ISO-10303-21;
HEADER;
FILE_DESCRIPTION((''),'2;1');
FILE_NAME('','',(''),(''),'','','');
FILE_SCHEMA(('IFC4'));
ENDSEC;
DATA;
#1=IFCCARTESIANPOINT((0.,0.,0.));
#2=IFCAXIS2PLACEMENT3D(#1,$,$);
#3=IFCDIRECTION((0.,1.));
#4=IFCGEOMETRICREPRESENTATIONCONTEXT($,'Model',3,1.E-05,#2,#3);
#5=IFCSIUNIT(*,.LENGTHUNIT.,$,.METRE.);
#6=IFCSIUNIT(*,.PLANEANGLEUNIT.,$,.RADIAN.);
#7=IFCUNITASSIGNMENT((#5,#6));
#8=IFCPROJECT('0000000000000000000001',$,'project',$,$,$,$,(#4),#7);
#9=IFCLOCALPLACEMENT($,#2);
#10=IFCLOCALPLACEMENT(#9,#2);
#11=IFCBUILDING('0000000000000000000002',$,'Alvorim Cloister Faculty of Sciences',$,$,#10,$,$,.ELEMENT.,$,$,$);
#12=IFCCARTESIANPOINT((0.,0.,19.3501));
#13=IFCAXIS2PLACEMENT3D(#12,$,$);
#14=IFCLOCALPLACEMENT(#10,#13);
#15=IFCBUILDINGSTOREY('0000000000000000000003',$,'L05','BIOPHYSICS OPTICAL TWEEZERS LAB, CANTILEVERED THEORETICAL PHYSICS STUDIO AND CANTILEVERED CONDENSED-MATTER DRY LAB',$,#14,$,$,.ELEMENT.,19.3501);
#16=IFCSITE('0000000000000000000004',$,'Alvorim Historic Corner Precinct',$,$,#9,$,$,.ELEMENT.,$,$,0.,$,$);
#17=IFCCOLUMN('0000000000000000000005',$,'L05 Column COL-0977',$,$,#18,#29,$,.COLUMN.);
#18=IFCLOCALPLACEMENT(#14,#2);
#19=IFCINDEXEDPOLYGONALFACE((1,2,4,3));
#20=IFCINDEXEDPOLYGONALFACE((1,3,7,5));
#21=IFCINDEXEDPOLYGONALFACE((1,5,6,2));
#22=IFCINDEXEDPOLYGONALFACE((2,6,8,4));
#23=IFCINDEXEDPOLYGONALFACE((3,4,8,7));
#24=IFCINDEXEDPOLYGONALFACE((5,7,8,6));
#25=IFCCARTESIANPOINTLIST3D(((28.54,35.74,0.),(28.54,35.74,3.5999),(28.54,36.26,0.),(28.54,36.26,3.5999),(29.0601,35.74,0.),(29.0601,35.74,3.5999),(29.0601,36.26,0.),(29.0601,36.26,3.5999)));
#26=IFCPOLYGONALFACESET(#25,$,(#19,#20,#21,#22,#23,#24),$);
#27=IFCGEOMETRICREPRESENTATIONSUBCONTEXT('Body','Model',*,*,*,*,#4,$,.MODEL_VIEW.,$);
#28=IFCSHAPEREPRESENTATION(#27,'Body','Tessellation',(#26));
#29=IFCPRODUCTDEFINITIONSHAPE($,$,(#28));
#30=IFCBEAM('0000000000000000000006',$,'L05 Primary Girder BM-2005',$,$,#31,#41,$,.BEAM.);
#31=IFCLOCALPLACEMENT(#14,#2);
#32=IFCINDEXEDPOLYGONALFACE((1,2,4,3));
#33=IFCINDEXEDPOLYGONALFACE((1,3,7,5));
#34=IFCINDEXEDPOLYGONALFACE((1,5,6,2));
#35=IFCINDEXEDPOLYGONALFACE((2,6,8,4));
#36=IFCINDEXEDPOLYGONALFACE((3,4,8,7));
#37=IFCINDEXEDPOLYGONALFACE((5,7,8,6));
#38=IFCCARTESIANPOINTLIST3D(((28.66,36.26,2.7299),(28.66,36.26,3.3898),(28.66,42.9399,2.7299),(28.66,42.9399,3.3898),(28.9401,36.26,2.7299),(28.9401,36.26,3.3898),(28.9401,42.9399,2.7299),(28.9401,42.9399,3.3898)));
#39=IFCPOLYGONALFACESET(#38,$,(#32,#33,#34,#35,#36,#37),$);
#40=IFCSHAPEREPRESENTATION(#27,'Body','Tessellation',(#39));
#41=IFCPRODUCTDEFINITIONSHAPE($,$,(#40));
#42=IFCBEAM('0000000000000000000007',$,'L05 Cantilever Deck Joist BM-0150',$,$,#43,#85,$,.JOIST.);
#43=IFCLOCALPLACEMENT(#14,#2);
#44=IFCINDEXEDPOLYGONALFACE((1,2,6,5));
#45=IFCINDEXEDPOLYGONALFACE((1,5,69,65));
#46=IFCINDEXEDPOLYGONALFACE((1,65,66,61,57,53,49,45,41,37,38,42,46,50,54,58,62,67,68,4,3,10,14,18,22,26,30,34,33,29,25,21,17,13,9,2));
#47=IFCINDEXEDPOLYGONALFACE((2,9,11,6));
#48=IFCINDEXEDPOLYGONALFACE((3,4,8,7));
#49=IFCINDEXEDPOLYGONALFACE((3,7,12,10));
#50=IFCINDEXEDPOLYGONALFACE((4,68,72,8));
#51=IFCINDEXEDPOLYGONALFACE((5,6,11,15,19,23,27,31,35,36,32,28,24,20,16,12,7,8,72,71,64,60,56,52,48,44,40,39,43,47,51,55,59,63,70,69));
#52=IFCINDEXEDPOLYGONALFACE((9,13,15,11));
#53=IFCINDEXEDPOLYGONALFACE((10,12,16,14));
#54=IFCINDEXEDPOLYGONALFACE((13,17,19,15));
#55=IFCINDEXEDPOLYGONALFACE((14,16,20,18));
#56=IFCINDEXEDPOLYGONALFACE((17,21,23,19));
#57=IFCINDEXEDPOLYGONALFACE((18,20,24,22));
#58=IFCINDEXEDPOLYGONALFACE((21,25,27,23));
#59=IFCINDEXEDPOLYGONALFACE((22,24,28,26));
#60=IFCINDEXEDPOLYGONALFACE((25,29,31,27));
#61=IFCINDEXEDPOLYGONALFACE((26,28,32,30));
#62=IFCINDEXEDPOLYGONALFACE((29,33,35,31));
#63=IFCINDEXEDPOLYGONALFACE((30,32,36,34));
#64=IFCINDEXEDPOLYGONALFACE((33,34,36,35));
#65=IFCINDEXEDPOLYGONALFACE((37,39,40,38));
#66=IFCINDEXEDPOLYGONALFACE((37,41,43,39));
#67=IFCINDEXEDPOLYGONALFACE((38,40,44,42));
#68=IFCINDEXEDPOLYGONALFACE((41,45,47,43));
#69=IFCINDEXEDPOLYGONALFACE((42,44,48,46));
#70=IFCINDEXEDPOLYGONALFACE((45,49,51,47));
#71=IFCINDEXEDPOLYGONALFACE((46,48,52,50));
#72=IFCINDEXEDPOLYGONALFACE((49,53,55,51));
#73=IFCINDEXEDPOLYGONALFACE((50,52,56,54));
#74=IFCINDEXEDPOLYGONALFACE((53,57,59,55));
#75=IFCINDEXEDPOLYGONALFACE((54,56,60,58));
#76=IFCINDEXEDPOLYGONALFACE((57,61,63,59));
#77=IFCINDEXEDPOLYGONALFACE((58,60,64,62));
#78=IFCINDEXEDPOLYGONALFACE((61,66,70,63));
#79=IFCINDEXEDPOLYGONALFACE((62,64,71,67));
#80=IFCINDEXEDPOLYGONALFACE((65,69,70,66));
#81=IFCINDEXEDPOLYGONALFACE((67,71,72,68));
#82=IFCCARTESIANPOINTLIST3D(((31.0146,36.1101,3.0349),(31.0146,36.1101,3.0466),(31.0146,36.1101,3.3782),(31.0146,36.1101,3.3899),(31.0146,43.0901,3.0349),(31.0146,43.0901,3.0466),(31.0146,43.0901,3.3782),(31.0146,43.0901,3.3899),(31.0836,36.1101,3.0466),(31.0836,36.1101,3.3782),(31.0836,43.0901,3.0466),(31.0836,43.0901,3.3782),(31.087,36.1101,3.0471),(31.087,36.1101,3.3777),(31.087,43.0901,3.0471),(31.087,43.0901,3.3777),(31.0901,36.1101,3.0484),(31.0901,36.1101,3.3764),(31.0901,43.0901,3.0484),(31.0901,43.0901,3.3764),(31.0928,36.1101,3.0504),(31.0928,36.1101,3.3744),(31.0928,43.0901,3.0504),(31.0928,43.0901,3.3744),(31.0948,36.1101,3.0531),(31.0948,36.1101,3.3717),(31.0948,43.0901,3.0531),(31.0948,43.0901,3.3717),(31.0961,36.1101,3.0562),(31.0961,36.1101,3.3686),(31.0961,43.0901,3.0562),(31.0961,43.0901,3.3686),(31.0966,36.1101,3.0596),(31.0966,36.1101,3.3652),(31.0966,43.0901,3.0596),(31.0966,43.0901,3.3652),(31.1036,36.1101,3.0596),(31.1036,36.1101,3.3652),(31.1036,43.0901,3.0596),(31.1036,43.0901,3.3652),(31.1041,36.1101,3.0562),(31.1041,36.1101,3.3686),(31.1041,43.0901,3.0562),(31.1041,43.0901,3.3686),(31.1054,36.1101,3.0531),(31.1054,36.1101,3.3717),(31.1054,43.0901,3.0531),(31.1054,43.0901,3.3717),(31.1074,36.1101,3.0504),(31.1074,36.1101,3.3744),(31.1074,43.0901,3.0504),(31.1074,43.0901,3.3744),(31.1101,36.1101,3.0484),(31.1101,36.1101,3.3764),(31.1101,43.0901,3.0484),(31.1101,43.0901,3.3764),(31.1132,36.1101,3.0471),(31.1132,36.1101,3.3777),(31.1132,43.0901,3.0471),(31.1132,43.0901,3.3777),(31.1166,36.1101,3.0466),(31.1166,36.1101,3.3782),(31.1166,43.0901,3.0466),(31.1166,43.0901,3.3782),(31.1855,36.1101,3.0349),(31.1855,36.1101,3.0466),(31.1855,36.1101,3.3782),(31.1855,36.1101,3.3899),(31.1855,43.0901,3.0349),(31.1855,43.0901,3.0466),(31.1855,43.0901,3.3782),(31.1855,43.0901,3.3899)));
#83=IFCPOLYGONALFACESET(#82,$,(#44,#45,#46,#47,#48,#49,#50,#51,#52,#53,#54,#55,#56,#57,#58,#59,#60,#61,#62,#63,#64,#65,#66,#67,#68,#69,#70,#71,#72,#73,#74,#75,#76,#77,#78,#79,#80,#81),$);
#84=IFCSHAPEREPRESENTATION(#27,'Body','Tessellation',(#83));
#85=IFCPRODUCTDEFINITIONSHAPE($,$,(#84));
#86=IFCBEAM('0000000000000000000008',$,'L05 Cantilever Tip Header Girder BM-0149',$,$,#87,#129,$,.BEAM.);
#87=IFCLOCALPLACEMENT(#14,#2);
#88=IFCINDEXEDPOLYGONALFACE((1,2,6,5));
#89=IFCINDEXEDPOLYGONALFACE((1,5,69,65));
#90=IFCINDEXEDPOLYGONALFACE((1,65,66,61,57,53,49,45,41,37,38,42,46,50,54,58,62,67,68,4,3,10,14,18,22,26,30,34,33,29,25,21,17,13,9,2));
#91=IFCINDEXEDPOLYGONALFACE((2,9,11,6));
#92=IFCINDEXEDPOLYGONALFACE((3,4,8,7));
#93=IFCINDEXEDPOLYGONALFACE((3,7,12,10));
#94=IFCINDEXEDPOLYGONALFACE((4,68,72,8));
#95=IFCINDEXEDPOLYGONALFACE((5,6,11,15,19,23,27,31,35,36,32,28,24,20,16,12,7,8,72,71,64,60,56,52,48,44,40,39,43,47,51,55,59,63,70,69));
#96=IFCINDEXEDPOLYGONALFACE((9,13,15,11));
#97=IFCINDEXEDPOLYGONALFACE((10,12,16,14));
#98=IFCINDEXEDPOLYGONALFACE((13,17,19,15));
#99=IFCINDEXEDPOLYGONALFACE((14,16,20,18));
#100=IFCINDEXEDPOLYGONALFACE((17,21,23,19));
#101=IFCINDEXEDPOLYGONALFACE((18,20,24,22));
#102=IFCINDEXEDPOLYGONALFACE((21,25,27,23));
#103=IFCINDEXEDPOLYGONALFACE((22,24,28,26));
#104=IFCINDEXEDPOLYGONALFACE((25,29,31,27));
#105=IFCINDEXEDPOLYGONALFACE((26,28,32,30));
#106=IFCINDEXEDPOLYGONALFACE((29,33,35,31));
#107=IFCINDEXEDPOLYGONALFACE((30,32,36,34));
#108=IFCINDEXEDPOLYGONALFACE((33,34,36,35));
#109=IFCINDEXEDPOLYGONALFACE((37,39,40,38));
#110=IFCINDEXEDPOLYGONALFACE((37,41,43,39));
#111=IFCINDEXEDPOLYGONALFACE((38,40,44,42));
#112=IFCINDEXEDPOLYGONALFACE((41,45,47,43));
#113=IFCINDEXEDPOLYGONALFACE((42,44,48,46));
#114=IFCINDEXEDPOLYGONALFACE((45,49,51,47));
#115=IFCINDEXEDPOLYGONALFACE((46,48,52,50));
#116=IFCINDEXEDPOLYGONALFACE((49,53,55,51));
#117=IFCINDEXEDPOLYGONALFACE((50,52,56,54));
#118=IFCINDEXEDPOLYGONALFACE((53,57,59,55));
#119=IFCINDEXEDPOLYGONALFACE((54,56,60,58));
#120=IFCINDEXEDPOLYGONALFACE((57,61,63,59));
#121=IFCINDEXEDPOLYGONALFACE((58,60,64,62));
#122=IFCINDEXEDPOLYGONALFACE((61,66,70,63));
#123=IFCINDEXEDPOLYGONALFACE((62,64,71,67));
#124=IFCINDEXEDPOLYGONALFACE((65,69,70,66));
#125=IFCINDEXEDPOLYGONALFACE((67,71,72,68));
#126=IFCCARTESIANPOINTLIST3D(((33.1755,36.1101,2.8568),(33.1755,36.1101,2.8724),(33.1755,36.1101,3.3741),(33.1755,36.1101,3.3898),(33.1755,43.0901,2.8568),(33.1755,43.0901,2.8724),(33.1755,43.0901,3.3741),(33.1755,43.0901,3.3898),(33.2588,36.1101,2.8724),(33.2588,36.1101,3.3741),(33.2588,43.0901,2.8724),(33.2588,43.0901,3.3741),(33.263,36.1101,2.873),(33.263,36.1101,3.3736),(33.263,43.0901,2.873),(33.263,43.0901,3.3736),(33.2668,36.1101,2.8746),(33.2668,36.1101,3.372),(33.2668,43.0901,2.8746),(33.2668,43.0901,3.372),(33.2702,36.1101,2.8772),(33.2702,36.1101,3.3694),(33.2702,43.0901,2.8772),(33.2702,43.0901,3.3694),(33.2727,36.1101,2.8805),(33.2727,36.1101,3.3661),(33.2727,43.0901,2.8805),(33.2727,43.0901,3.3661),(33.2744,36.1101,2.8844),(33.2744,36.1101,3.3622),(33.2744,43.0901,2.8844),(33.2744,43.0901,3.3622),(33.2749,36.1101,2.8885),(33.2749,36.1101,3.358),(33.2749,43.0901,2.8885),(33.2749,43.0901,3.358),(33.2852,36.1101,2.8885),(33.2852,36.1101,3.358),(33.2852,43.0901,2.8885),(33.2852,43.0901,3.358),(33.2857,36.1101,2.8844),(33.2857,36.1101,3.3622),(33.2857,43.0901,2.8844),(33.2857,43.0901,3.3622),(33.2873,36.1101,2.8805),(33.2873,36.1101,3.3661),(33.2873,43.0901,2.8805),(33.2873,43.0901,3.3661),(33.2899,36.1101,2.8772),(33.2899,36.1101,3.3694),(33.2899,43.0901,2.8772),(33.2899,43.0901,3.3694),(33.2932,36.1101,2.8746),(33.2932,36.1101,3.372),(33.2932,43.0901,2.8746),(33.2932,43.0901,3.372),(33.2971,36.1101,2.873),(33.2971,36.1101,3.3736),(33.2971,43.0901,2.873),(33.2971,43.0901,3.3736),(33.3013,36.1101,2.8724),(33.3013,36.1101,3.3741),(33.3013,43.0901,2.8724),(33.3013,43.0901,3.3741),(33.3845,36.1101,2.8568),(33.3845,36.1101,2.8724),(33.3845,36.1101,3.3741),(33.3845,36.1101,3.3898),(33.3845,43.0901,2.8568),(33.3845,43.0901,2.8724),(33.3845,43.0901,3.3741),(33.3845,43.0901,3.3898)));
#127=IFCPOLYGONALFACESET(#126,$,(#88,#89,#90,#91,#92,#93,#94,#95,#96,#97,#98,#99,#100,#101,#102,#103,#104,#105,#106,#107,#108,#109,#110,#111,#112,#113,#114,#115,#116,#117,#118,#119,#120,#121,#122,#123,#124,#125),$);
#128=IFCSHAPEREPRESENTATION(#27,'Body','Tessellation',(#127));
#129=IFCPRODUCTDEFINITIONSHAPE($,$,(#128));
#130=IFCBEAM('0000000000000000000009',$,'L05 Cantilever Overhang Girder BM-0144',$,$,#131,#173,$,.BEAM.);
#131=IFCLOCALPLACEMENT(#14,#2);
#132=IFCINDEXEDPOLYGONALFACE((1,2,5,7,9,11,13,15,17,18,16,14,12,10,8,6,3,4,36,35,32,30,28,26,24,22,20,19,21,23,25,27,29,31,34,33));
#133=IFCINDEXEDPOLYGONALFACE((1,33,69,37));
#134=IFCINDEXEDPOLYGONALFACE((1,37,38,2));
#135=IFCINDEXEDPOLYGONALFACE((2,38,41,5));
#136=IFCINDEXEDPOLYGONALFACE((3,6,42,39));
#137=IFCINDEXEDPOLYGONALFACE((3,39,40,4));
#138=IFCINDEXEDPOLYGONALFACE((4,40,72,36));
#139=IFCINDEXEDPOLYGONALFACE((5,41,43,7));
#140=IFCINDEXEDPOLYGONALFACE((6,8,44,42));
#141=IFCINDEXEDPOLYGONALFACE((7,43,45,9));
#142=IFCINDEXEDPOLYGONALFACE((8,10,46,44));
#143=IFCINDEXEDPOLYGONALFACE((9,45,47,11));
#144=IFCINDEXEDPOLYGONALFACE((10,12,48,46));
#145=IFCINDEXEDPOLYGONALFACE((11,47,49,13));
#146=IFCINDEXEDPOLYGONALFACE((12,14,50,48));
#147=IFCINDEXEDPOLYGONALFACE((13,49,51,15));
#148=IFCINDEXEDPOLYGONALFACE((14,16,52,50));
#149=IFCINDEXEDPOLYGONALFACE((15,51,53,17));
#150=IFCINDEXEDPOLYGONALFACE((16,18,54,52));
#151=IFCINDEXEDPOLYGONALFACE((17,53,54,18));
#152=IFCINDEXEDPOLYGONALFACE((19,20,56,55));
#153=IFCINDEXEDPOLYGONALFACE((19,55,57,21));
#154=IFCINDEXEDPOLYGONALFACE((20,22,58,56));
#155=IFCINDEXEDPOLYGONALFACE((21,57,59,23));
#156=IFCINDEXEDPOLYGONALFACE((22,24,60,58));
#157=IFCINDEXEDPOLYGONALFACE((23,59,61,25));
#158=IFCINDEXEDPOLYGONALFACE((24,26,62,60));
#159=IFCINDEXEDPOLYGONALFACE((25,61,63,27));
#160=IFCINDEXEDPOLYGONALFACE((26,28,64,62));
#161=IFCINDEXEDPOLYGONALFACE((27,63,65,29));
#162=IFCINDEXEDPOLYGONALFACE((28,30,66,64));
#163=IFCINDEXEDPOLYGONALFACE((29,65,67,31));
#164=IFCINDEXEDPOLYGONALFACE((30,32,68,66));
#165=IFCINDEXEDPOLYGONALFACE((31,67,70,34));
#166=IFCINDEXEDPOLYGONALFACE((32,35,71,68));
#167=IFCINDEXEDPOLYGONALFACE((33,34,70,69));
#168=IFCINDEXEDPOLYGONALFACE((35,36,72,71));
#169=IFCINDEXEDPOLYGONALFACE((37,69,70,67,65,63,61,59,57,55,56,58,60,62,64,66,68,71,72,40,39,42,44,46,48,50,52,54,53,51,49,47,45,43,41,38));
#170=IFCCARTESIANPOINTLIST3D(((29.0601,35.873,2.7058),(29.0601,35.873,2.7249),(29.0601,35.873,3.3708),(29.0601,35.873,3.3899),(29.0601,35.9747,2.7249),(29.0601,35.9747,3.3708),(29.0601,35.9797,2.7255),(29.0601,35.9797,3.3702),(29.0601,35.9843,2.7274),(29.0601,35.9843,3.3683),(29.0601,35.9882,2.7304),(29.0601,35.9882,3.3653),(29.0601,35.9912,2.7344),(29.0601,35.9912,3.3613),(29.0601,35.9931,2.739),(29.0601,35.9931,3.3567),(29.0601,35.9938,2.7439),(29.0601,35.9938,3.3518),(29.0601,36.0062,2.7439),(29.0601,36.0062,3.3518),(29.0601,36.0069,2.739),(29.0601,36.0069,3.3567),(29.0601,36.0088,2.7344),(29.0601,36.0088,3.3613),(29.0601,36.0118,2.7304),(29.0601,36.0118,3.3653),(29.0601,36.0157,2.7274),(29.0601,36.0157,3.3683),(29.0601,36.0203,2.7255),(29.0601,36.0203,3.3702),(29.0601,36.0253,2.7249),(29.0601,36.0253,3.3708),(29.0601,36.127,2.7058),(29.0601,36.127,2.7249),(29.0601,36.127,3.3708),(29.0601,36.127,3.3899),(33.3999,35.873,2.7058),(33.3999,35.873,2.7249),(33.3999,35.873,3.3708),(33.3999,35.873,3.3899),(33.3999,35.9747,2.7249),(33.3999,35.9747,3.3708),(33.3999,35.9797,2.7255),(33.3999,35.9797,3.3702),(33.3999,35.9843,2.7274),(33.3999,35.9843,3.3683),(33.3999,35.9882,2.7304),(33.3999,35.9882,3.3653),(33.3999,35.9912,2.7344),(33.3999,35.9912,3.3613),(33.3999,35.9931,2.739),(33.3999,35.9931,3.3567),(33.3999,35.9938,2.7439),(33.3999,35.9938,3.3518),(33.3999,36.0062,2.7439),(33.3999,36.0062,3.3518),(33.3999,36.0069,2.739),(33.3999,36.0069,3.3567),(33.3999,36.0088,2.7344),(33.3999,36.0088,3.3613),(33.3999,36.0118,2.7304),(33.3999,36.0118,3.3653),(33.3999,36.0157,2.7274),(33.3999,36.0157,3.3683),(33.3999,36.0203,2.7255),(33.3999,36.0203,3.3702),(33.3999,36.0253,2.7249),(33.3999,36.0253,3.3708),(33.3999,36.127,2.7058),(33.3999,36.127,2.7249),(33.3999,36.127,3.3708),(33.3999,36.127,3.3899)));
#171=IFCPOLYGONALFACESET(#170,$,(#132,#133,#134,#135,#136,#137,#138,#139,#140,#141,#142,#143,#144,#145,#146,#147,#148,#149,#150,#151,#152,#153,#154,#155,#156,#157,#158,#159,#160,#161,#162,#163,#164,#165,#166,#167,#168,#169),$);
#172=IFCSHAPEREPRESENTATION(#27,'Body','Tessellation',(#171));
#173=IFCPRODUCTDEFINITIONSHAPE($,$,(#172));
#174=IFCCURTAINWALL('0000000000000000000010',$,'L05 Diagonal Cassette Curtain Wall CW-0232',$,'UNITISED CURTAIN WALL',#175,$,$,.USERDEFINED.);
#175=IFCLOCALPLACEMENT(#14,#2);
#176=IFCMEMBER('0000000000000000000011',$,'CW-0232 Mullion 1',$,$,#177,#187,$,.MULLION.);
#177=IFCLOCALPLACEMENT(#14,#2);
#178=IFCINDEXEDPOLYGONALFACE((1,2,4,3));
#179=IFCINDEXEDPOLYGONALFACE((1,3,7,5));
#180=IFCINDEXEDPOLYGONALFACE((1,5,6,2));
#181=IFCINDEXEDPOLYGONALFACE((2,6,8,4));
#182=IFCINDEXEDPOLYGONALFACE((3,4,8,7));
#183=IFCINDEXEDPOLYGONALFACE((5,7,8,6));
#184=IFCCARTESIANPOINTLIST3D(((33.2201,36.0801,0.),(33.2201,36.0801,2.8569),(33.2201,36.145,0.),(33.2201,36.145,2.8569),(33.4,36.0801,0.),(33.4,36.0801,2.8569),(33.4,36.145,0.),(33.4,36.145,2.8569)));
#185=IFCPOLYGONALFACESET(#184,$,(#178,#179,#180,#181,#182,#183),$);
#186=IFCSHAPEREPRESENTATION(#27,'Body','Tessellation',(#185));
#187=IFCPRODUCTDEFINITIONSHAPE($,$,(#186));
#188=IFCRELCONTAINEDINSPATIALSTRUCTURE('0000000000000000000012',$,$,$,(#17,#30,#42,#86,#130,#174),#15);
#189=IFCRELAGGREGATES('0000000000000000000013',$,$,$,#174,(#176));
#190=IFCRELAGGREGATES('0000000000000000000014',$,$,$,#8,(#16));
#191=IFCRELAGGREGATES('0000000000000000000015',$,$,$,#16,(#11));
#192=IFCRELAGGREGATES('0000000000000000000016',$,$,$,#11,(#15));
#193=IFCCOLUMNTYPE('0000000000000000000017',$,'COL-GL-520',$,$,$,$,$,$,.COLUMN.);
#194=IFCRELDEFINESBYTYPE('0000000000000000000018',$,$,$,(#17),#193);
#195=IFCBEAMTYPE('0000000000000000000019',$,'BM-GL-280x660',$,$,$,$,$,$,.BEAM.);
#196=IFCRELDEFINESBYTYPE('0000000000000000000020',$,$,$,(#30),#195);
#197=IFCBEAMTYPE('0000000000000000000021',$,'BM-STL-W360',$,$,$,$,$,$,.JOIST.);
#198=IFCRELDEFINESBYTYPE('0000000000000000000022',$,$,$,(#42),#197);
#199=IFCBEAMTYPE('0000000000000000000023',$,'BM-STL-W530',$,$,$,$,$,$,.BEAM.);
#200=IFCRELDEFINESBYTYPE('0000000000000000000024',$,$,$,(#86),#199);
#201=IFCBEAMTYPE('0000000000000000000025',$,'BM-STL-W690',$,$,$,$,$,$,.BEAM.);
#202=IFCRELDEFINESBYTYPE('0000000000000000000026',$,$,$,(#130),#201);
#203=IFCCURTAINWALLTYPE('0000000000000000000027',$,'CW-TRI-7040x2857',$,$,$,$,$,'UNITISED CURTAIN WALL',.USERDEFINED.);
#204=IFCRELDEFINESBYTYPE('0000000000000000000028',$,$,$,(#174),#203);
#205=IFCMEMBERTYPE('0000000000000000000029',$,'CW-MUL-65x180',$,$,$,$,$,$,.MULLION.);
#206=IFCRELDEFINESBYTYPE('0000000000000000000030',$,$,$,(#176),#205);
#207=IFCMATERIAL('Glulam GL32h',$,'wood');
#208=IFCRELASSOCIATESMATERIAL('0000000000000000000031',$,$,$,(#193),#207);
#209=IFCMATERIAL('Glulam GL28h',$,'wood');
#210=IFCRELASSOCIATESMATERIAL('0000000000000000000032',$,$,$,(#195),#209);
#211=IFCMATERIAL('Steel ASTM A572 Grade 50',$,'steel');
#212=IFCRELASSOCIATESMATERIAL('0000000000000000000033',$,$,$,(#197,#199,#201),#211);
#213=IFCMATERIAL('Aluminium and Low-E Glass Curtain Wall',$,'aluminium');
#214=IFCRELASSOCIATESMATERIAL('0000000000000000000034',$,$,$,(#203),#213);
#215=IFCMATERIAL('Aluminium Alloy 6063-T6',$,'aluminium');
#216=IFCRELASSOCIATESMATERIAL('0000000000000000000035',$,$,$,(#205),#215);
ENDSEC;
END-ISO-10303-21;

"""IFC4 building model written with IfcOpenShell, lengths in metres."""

from ifc_helpers import new_model, si_unit, direction, frame, origin, origin_2d, place, context, subcontext, project, spatial, rectangle, i_section, extrude, material, material_profile, profile_set, type_object, element, aggregate, save


model = new_model("IFC4")

# Units and contexts
model_context = context("Model", 3, precision=1e-05, world=origin(), true_north=direction((0.0, 1.0)))
body_context = subcontext(model_context, "Body", "Model", "MODEL_VIEW")
ifc_project = project(units=[si_unit("LENGTHUNIT", "METRE"), si_unit("PLANEANGLEUNIT", "RADIAN")], contexts=[model_context])

# Site, building, storey
site_placement = place(None, origin())
site = spatial("IfcSite", under=ifc_project, at=site_placement, Name="Alvorim Historic Corner Precinct", CompositionType="ELEMENT", RefElevation=0.0)
building_placement = place(site_placement, origin())
building = spatial("IfcBuilding", under=site, at=building_placement, Name="Alvorim Cloister Faculty of Sciences", CompositionType="ELEMENT")
storey_placement = place(building_placement, frame((0.0, 0.0, 19.3501)))
storey = spatial("IfcBuildingStorey", under=building, at=storey_placement, Name="L05", Description="BIOPHYSICS OPTICAL TWEEZERS LAB, CANTILEVERED THEORETICAL PHYSICS STUDIO AND CANTILEVERED CONDENSED-MATTER DRY LAB", CompositionType="ELEMENT", Elevation=19.3501)

# Column
ifc_material_1 = material(Name="Glulam GL32h", Category="wood")
ifc_material_profile_1 = material_profile(ifc_material_1, rectangle(XDim=0.52, YDim=0.52, at=origin_2d()), Name="GL32-COL-520x520")
ifc_profile_set_1 = profile_set([ifc_material_profile_1], Name="Glulam GL32h")
column_type = type_object("IfcColumnType", Name="COL-GL-520", PredefinedType="COLUMN", material=ifc_profile_set_1)
column_placement = place(storey_placement, frame((28.8, 36.0, 0.0), z_axis=(0.0, 0.0, 1.0), x_axis=(1.0, 0.0, 0.0)))
element("IfcColumn", 1, at=column_placement, inside=storey, type_object=column_type, Name="L05 Column COL-0977", PredefinedType="COLUMN", context=body_context, shape_type="SweptSolid", body=[
    extrude(rectangle(XDim=0.52, YDim=0.52, at=origin_2d()), origin(), (0.0, 0.0, 1.0), 3.5999),
])

# Beams
ifc_material_2 = material(Name="Glulam GL28h", Category="wood")
ifc_material_profile_2 = material_profile(ifc_material_2, rectangle(XDim=0.28, YDim=0.6599, at=origin_2d()), Name="GL28-BM-280x660")
ifc_profile_set_2 = profile_set([ifc_material_profile_2], Name="Glulam GL28h")
beam_type_1 = type_object("IfcBeamType", Name="BM-GL-280x660", PredefinedType="BEAM", material=ifc_profile_set_2)
beam_1_placement = place(storey_placement, frame((28.8, 36.26, 3.0598), z_axis=(0.0, 1.0, 0.0), x_axis=(-1.0, 0.0, 0.0)))
element("IfcBeam", 2, at=beam_1_placement, inside=storey, type_object=beam_type_1, Name="L05 Primary Girder BM-2005", PredefinedType="BEAM", context=body_context, shape_type="SweptSolid", body=[
    extrude(rectangle(XDim=0.28, YDim=0.6599, at=origin_2d()), origin(), (0.0, 0.0, 1.0), 6.6799),
])
ifc_material_3 = material(Name="Steel ASTM A572 Grade 50", Category="steel")
ifc_material_profile_3 = material_profile(ifc_material_3, i_section(OverallWidth=0.1709, OverallDepth=0.355, WebThickness=0.0071, FlangeThickness=0.0117, FilletRadius=0.0129, at=origin_2d()), Name="W360x51.0")
ifc_profile_set_3 = profile_set([ifc_material_profile_3], Name="Steel ASTM A572 Grade 50")
beam_type_2 = type_object("IfcBeamType", Name="BM-STL-W360", PredefinedType="JOIST", material=ifc_profile_set_3)
beam_2_placement = place(storey_placement, frame((31.1001, 36.1101, 3.2124), z_axis=(0.0, 1.0, 0.0), x_axis=(-1.0, 0.0, 0.0)))
element("IfcBeam", 3, at=beam_2_placement, inside=storey, type_object=beam_type_2, Name="L05 Cantilever Deck Joist BM-0150", PredefinedType="JOIST", context=body_context, shape_type="SweptSolid", body=[
    extrude(i_section(OverallWidth=0.1709, OverallDepth=0.355, WebThickness=0.0071, FlangeThickness=0.0117, FilletRadius=0.0129, at=origin_2d()), origin(), (0.0, 0.0, 1.0), 6.98),
])
ifc_material_profile_4 = material_profile(ifc_material_3, i_section(OverallWidth=0.209, OverallDepth=0.533, WebThickness=0.0103, FlangeThickness=0.0156, FilletRadius=0.0161, at=origin_2d()), Name="W530x92.0")
ifc_profile_set_4 = profile_set([ifc_material_profile_4], Name="Steel ASTM A572 Grade 50")
beam_type_3 = type_object("IfcBeamType", Name="BM-STL-W530", PredefinedType="BEAM", material=ifc_profile_set_4)
beam_3_placement = place(storey_placement, frame((33.28, 36.1101, 3.1233), z_axis=(0.0, 1.0, 0.0), x_axis=(-1.0, 0.0, 0.0)))
element("IfcBeam", 4, at=beam_3_placement, inside=storey, type_object=beam_type_3, Name="L05 Cantilever Tip Header Girder BM-0149", PredefinedType="BEAM", context=body_context, shape_type="SweptSolid", body=[
    extrude(i_section(OverallWidth=0.209, OverallDepth=0.533, WebThickness=0.0103, FlangeThickness=0.0156, FilletRadius=0.0161, at=origin_2d()), origin(), (0.0, 0.0, 1.0), 6.98),
])
ifc_material_profile_5 = material_profile(ifc_material_3, i_section(OverallWidth=0.2539, OverallDepth=0.6841, WebThickness=0.0125, FlangeThickness=0.019, FilletRadius=0.019, at=origin_2d()), Name="W690x140.0")
ifc_profile_set_5 = profile_set([ifc_material_profile_5], Name="Steel ASTM A572 Grade 50")
beam_type_4 = type_object("IfcBeamType", Name="BM-STL-W690", PredefinedType="BEAM", material=ifc_profile_set_5)
beam_4_placement = place(storey_placement, frame((29.0601, 36.0, 3.0479), z_axis=(1.0, 0.0, 0.0), x_axis=(0.0, 1.0, 0.0)))
element("IfcBeam", 5, at=beam_4_placement, inside=storey, type_object=beam_type_4, Name="L05 Cantilever Overhang Girder BM-0144", PredefinedType="BEAM", context=body_context, shape_type="SweptSolid", body=[
    extrude(i_section(OverallWidth=0.2539, OverallDepth=0.6841, WebThickness=0.0125, FlangeThickness=0.019, FilletRadius=0.019, at=origin_2d()), origin(), (0.0, 0.0, 1.0), 4.3398),
])

# Curtain wall, member
ifc_material_4 = material(Name="Aluminium and Low-E Glass Curtain Wall", Category="aluminium")
curtain_wall_type = type_object("IfcCurtainWallType", Name="CW-TRI-7040x2857", ElementType="UNITISED CURTAIN WALL", PredefinedType="USERDEFINED", material=ifc_material_4)
curtain_wall_1_placement = place(storey_placement, origin())
curtain_wall_1 = element("IfcCurtainWall", 6, at=curtain_wall_1_placement, inside=storey, type_object=curtain_wall_type, Name="L05 Diagonal Cassette Curtain Wall CW-0232", ObjectType="UNITISED CURTAIN WALL", PredefinedType="USERDEFINED")
ifc_material_5 = material(Name="Aluminium Alloy 6063-T6", Category="aluminium")
ifc_material_profile_6 = material_profile(ifc_material_5, rectangle(XDim=0.0649, YDim=0.1799, at=origin_2d()), Name="ALU-MUL-65x180")
ifc_profile_set_6 = profile_set([ifc_material_profile_6], Name="Aluminium Alloy 6063-T6")
member_type_1 = type_object("IfcMemberType", Name="CW-MUL-65x180", PredefinedType="MULLION", material=ifc_profile_set_6)
member_1_placement = place(storey_placement, frame((33.3101, 36.1125, 0.0), z_axis=(0.0, 0.0, 1.0), x_axis=(0.0, 1.0, 0.0)))
member_1 = element("IfcMember", 7, at=member_1_placement, type_object=member_type_1, Name="CW-0232 Mullion 1", PredefinedType="MULLION", context=body_context, shape_type="SweptSolid", body=[
    extrude(rectangle(XDim=0.0649, YDim=0.1799, at=origin_2d()), origin(), (0.0, 0.0, 1.0), 2.8569),
])

aggregate(curtain_wall_1, [member_1])

save(model, "model.ifc")
